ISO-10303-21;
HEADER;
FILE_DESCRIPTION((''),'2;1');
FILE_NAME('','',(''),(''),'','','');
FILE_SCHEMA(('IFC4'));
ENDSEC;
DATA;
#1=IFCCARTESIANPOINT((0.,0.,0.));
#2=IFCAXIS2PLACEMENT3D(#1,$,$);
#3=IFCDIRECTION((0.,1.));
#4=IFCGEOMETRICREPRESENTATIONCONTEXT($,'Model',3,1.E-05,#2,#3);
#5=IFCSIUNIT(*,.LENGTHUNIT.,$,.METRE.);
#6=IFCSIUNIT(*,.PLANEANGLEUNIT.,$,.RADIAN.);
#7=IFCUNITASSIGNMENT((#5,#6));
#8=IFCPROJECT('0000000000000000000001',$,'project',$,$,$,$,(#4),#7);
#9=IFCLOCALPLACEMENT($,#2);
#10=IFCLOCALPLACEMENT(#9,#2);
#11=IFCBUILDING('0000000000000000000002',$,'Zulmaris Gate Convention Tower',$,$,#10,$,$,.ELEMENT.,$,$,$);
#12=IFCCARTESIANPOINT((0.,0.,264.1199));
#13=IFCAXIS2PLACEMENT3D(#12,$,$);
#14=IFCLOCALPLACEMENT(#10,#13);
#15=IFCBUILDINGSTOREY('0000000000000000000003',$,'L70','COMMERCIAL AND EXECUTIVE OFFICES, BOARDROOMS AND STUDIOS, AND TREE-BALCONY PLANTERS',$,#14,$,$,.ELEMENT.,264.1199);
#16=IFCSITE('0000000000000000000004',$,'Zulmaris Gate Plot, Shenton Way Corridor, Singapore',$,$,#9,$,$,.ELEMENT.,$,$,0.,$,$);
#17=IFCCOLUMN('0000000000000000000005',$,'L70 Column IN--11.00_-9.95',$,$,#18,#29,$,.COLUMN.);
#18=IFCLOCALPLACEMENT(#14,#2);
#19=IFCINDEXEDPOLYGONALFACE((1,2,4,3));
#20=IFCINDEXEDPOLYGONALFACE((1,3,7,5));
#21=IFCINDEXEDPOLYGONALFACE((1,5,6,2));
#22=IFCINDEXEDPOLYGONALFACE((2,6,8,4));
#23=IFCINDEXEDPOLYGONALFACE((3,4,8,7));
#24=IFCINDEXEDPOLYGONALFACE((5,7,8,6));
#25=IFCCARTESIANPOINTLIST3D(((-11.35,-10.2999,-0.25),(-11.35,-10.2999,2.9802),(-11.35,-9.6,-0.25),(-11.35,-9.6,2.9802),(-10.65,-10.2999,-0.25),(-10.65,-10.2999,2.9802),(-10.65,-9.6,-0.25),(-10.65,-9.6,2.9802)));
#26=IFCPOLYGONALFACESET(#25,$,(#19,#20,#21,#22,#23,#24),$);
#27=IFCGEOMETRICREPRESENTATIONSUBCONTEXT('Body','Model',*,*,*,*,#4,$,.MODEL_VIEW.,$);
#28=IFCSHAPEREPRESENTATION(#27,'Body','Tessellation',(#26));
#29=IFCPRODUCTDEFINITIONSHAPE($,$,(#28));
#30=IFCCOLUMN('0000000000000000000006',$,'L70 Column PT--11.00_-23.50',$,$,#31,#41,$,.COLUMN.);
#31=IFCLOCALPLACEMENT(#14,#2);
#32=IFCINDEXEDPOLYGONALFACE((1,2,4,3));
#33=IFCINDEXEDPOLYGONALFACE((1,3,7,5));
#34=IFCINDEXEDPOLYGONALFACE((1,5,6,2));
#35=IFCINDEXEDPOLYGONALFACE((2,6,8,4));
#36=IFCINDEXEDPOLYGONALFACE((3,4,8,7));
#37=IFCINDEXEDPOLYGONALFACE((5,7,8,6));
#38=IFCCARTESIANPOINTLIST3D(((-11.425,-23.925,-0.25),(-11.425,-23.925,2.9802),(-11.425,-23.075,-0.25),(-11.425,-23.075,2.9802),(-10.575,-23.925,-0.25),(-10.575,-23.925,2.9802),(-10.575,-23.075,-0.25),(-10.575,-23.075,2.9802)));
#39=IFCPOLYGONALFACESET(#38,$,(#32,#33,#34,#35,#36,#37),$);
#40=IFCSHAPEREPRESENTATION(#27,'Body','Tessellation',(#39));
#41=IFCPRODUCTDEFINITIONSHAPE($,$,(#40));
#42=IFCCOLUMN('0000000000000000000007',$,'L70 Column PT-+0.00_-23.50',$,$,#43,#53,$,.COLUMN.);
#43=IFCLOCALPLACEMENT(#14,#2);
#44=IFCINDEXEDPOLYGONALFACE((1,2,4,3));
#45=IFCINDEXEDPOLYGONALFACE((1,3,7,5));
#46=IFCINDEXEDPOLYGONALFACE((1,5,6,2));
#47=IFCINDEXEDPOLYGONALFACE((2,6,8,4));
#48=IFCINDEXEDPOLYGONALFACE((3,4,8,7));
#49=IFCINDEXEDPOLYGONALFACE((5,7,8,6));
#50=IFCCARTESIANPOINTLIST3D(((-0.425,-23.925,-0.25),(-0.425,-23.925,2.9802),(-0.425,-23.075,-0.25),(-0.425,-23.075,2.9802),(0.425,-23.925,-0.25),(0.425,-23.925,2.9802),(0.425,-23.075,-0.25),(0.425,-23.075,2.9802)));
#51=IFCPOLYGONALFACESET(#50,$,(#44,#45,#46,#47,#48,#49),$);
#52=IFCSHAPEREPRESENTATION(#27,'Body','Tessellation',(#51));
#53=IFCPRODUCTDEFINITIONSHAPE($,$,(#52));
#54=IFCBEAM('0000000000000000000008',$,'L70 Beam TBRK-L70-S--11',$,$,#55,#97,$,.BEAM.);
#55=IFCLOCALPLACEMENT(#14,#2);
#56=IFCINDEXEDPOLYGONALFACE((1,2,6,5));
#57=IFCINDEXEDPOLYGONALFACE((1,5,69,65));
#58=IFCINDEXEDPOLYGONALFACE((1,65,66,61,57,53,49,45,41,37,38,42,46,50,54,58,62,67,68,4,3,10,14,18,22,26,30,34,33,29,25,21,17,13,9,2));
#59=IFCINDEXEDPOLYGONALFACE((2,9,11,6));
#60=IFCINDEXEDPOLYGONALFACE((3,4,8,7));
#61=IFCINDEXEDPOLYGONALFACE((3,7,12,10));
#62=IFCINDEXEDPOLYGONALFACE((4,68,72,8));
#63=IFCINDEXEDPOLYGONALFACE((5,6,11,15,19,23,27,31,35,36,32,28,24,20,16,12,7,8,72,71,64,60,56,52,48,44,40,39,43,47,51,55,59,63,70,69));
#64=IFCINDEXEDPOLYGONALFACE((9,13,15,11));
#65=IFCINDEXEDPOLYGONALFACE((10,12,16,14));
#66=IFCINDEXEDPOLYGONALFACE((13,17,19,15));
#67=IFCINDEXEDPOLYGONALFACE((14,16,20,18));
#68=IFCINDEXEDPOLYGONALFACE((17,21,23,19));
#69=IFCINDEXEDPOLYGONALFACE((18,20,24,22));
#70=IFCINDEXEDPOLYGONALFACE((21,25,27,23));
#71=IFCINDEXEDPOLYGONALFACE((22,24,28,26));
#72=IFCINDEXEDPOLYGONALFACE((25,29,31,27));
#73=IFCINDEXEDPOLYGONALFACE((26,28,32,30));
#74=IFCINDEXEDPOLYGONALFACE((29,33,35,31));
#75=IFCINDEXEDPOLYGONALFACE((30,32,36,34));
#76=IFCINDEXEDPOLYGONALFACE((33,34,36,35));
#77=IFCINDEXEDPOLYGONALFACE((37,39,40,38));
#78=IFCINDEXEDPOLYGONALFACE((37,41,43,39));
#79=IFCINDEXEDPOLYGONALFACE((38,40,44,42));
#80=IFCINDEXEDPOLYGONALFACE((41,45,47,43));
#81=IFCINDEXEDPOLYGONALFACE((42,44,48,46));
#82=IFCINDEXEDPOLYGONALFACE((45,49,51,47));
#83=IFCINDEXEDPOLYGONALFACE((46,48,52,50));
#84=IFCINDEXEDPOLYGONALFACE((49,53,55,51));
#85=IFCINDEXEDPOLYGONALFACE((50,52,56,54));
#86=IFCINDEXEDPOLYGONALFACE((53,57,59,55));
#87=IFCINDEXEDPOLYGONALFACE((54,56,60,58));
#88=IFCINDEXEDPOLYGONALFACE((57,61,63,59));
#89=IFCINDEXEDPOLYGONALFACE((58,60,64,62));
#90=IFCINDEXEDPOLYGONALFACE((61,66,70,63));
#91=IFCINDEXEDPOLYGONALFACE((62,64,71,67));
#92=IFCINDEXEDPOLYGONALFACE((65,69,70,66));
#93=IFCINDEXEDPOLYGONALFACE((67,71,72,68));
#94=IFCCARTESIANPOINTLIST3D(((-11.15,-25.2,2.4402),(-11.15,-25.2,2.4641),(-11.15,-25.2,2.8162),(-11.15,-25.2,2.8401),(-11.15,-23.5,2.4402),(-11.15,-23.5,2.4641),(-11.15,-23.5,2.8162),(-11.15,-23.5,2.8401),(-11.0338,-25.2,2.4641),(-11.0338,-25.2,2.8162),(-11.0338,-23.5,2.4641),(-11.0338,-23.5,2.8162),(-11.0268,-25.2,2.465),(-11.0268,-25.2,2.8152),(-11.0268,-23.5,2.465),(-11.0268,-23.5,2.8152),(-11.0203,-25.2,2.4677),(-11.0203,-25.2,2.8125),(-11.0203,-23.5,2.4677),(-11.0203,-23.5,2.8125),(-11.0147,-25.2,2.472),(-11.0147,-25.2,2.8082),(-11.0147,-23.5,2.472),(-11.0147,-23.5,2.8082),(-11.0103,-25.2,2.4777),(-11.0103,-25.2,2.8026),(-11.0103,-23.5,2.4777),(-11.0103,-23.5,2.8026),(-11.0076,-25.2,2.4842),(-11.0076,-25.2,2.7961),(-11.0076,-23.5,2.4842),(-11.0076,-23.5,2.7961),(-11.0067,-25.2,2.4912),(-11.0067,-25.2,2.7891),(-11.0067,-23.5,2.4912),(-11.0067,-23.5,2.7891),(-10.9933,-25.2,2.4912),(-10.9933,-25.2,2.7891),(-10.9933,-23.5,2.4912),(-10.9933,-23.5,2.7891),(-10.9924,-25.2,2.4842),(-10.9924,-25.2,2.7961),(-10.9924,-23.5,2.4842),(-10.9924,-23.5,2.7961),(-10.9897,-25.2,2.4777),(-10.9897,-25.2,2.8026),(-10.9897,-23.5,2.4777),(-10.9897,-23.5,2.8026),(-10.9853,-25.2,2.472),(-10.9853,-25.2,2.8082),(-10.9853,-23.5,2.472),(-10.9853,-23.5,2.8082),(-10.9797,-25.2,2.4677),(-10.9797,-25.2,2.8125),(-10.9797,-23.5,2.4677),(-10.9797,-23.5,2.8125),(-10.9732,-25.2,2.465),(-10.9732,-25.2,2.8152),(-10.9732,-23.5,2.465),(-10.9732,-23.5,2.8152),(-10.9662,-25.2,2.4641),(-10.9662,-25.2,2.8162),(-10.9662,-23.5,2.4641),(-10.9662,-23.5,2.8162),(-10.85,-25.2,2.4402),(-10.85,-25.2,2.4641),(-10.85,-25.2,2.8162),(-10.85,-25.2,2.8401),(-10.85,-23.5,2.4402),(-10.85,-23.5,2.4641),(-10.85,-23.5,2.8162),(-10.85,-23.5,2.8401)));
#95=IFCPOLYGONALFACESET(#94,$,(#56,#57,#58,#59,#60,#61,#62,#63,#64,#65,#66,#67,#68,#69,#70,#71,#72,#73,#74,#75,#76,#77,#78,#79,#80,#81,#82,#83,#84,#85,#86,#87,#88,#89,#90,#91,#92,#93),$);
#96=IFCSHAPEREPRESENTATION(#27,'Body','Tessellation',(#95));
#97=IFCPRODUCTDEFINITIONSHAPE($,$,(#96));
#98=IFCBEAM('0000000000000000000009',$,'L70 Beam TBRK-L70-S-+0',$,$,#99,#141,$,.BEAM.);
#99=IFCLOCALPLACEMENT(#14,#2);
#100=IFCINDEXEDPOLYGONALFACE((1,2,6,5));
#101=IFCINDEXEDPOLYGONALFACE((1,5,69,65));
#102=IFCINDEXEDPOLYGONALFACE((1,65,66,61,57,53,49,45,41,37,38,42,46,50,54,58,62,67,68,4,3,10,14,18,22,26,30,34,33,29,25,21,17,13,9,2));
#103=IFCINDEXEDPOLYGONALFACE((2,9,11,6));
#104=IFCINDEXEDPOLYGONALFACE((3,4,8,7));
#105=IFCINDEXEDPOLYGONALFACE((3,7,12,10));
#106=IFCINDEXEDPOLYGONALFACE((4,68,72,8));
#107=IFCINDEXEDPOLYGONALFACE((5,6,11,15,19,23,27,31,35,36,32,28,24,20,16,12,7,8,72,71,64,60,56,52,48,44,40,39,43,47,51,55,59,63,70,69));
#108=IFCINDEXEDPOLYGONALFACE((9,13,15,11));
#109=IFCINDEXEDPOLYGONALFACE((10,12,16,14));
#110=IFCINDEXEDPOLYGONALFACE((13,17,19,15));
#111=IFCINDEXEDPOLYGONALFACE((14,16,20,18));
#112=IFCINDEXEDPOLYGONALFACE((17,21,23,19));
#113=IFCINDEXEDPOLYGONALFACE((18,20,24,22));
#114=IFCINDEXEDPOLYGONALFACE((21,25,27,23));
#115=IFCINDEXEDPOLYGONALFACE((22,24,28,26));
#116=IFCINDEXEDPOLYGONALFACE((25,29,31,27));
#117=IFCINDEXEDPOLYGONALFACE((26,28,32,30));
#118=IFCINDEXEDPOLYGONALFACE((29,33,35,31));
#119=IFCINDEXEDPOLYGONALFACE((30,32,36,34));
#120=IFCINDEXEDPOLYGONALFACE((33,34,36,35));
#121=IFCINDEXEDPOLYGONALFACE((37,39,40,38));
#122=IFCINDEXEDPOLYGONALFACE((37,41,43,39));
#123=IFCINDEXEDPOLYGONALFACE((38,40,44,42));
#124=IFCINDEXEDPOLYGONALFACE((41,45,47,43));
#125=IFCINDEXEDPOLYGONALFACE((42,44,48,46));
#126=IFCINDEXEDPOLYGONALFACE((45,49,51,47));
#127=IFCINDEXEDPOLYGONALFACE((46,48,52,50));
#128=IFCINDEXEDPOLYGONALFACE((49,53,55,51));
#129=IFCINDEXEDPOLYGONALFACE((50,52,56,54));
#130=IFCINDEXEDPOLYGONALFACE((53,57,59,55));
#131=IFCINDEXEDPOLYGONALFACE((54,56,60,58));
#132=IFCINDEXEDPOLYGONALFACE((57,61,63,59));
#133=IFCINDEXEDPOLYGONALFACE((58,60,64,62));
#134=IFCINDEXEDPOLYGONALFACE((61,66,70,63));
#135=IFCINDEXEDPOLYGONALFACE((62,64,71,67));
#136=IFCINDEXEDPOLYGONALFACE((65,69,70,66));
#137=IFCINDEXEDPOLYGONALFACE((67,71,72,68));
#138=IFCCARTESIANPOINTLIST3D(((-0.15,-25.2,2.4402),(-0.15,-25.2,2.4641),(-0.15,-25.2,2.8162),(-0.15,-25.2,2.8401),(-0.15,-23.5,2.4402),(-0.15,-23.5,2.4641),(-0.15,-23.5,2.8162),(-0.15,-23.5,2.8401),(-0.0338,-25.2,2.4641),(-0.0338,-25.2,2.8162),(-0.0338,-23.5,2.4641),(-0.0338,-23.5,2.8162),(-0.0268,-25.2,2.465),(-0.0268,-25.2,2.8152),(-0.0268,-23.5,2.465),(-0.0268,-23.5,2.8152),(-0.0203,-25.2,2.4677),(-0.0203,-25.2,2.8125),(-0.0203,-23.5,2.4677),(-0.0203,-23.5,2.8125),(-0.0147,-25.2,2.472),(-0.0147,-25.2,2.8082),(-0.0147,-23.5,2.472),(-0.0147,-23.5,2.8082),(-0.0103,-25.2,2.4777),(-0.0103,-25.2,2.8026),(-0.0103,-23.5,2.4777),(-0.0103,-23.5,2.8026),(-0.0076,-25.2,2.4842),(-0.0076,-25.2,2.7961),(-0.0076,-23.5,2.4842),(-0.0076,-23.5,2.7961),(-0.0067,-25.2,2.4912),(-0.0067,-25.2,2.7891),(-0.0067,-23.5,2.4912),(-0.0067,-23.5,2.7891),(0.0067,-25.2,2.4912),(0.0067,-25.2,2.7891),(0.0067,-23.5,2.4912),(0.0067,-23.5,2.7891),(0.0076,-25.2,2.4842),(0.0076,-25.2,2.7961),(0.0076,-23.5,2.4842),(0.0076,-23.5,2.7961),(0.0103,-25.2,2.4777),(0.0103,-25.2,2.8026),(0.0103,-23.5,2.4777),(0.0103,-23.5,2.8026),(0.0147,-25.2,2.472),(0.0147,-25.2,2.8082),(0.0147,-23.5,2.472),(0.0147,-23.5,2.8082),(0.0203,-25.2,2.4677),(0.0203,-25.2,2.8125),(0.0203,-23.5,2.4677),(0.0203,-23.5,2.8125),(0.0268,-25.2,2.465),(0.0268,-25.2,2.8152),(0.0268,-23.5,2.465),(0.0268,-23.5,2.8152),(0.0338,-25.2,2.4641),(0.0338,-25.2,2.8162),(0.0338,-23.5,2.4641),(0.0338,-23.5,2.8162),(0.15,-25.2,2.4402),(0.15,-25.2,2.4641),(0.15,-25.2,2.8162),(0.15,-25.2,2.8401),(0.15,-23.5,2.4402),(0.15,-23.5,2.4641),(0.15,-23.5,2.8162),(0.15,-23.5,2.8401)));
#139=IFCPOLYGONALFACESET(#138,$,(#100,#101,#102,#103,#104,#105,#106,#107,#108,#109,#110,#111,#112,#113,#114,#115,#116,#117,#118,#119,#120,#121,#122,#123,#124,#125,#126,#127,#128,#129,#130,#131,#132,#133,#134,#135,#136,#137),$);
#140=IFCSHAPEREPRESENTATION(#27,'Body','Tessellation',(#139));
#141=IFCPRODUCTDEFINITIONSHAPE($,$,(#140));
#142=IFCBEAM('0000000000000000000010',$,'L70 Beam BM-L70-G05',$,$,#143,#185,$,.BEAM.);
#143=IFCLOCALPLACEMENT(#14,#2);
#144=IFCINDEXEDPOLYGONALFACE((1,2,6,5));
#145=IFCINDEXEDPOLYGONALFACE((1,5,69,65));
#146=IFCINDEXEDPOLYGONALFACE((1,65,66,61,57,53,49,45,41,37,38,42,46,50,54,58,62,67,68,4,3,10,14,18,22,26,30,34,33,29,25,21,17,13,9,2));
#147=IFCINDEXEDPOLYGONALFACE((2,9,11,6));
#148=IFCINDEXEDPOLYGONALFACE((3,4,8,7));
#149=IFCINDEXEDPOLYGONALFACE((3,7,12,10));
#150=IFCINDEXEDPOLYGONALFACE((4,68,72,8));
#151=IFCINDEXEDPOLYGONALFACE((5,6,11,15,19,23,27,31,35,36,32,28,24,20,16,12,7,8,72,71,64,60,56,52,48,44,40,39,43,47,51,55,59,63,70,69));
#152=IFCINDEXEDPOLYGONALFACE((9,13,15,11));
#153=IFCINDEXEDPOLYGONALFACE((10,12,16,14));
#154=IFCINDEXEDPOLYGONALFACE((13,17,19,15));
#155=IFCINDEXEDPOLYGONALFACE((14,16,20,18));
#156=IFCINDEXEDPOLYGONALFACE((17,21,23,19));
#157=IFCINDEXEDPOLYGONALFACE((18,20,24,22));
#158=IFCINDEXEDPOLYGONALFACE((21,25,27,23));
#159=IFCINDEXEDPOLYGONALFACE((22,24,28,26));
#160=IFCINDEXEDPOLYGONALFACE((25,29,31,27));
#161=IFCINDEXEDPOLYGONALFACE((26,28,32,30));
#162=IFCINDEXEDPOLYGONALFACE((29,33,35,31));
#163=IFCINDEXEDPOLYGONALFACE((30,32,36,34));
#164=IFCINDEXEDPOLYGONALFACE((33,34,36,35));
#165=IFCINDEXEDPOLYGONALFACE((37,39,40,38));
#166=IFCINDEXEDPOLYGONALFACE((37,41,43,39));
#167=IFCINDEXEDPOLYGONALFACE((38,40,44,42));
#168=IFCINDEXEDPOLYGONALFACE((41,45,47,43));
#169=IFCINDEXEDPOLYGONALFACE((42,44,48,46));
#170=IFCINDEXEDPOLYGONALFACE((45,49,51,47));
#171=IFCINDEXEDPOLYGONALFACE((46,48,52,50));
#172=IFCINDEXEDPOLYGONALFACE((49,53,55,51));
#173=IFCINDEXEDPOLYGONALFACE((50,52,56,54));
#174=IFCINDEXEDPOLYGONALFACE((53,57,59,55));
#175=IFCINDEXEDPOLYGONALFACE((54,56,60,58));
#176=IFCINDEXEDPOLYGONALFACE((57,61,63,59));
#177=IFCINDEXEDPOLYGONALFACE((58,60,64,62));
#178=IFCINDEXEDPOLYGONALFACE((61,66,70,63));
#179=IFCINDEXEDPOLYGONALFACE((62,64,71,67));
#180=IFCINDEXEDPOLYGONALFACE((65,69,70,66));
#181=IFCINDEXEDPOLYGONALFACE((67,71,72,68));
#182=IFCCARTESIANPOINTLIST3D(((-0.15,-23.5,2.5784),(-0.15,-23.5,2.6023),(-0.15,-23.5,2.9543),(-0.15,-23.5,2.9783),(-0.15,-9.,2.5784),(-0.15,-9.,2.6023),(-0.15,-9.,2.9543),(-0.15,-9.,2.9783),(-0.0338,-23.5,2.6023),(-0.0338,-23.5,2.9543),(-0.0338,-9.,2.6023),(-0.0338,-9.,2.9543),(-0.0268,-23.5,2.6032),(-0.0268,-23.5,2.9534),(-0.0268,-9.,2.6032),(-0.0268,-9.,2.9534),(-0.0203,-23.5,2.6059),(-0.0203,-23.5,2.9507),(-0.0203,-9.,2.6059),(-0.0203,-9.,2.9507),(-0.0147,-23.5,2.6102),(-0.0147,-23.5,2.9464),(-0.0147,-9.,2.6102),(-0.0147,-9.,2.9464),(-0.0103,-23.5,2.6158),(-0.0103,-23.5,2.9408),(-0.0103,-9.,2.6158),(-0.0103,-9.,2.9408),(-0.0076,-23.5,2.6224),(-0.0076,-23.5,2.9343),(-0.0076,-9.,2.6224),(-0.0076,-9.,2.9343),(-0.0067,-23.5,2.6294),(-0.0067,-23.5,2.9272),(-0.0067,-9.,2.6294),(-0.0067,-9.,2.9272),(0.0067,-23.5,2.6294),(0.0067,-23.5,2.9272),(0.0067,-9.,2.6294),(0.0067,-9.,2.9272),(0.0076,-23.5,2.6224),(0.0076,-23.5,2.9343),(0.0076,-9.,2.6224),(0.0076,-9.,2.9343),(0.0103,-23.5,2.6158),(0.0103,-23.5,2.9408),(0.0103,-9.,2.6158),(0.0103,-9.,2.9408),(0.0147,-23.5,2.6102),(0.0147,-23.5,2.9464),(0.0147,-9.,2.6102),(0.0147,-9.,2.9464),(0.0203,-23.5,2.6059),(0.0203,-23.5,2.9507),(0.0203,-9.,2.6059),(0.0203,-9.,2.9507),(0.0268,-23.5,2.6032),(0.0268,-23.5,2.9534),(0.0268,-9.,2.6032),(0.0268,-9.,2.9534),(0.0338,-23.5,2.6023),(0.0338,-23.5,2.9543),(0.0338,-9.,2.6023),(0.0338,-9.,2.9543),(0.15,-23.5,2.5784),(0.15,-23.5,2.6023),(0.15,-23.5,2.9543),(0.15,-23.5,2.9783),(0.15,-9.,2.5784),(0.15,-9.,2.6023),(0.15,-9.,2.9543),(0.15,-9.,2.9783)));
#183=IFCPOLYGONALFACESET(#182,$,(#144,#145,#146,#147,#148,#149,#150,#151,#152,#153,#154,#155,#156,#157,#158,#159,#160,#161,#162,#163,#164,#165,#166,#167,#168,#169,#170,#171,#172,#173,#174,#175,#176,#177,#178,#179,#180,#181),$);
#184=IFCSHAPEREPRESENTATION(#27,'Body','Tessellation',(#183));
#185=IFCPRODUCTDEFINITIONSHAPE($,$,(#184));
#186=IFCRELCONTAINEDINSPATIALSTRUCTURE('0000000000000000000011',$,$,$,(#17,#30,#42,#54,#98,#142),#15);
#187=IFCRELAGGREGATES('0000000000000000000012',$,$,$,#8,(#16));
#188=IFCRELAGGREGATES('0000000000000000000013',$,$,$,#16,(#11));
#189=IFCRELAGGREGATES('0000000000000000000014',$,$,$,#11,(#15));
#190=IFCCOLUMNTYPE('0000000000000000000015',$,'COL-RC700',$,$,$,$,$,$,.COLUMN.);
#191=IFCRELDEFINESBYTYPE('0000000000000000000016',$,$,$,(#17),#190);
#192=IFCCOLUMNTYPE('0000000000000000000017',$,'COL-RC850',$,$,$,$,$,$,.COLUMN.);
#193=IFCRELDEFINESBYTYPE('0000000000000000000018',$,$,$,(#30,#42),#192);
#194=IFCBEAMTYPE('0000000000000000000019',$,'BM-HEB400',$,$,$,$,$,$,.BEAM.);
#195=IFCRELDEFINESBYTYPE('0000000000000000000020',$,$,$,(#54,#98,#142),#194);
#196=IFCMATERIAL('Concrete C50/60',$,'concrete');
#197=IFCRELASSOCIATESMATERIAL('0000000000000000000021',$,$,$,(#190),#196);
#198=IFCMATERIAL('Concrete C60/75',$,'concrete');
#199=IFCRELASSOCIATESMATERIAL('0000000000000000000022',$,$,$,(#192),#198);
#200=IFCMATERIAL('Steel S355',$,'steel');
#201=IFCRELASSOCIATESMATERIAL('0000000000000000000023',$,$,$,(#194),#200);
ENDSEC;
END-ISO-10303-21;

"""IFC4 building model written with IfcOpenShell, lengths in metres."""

from ifc_helpers import new_model, si_unit, direction, frame, origin, origin_2d, place, context, subcontext, project, spatial, rectangle, i_section, extrude, material, material_profile, profile_set, type_object, element, save


model = new_model("IFC4")

# Units and contexts
model_context = context("Model", 3, precision=1e-05, world=origin(), true_north=direction((0.0, 1.0)))
body_context = subcontext(model_context, "Body", "Model", "MODEL_VIEW")
ifc_project = project(units=[si_unit("LENGTHUNIT", "METRE"), si_unit("PLANEANGLEUNIT", "RADIAN")], contexts=[model_context])

# Site, building, storey
site_placement = place(None, origin())
site = spatial("IfcSite", under=ifc_project, at=site_placement, Name="Zulmaris Gate Plot, Shenton Way Corridor, Singapore", CompositionType="ELEMENT", RefElevation=0.0)
building_placement = place(site_placement, origin())
building = spatial("IfcBuilding", under=site, at=building_placement, Name="Zulmaris Gate Convention Tower", CompositionType="ELEMENT")
storey_placement = place(building_placement, frame((0.0, 0.0, 264.1199)))
storey = spatial("IfcBuildingStorey", under=building, at=storey_placement, Name="L70", Description="COMMERCIAL AND EXECUTIVE OFFICES, BOARDROOMS AND STUDIOS, AND TREE-BALCONY PLANTERS", CompositionType="ELEMENT", Elevation=264.1199)

# Columns
ifc_material_1 = material(Name="Concrete C50/60", Category="concrete")
ifc_material_profile_1 = material_profile(ifc_material_1, rectangle(XDim=0.7, YDim=0.7, at=origin_2d()), Name="RC COL 700x700")
ifc_profile_set_1 = profile_set([ifc_material_profile_1], Name="Concrete C50/60")
column_type_1 = type_object("IfcColumnType", Name="COL-RC700", PredefinedType="COLUMN", material=ifc_profile_set_1)
column_placement = place(storey_placement, frame((-11.0, -9.95, -0.25), z_axis=(0.0, 0.0, 1.0), x_axis=(1.0, 0.0, 0.0)))
element("IfcColumn", 1, at=column_placement, inside=storey, type_object=column_type_1, Name="L70 Column IN--11.00_-9.95", PredefinedType="COLUMN", context=body_context, shape_type="SweptSolid", body=[
    extrude(rectangle(XDim=0.7, YDim=0.7, at=origin_2d()), origin(), (0.0, 0.0, 1.0), 3.2302),
])
ifc_material_2 = material(Name="Concrete C60/75", Category="concrete")
ifc_material_profile_2 = material_profile(ifc_material_2, rectangle(XDim=0.8501, YDim=0.8501, at=origin_2d()), Name="RC COL 850x850")
ifc_profile_set_2 = profile_set([ifc_material_profile_2], Name="Concrete C60/75")
column_type_2 = type_object("IfcColumnType", Name="COL-RC850", PredefinedType="COLUMN", material=ifc_profile_set_2)
for number, where, z_axis, x_axis, name in (
    (2, (-11.0, -23.5, -0.25), (0.0, 0.0, 1.0), (1.0, 0.0, 0.0), "L70 Column PT--11.00_-23.50"),
    (3, (0.0, -23.5, -0.25), (0.0, 0.0, 1.0), (1.0, 0.0, 0.0), "L70 Column PT-+0.00_-23.50"),
):
    element("IfcColumn", number, at=place(storey_placement, frame(where, z_axis=z_axis, x_axis=x_axis)), inside=storey, type_object=column_type_2, Name=name, PredefinedType="COLUMN", context=body_context, shape_type="SweptSolid", body=[
        extrude(rectangle(XDim=0.8501, YDim=0.8501, at=origin_2d()), origin(), (0.0, 0.0, 1.0), 3.2302),
    ])

# Beams
ifc_material_3 = material(Name="Steel S355", Category="steel")
ifc_material_profile_3 = material_profile(ifc_material_3, i_section(OverallWidth=0.3, OverallDepth=0.3999, WebThickness=0.0134, FlangeThickness=0.0239, FilletRadius=0.0271, at=origin_2d()), Name="HEB 400")
ifc_profile_set_3 = profile_set([ifc_material_profile_3], Name="Steel S355")
beam_type_1 = type_object("IfcBeamType", Name="BM-HEB400", PredefinedType="BEAM", material=ifc_profile_set_3)
for number, where, z_axis, x_axis, name in (
    (4, (-11.0, -25.2, 2.6401), (0.0, 1.0, 0.0), (-1.0, 0.0, 0.0), "L70 Beam TBRK-L70-S--11"),
    (5, (0.0, -25.2, 2.6401), (0.0, 1.0, 0.0), (-1.0, 0.0, 0.0), "L70 Beam TBRK-L70-S-+0"),
):
    element("IfcBeam", number, at=place(storey_placement, frame(where, z_axis=z_axis, x_axis=x_axis)), inside=storey, type_object=beam_type_1, Name=name, PredefinedType="BEAM", context=body_context, shape_type="SweptSolid", body=[
        extrude(i_section(OverallWidth=0.3, OverallDepth=0.3999, WebThickness=0.0134, FlangeThickness=0.0239, FilletRadius=0.0271, at=origin_2d()), origin(), (0.0, 0.0, 1.0), 1.7),
    ])
beam_1_placement = place(storey_placement, frame((0.0, -23.5, 2.7783), z_axis=(0.0, 1.0, 0.0), x_axis=(-1.0, 0.0, 0.0)))
element("IfcBeam", 6, at=beam_1_placement, inside=storey, type_object=beam_type_1, Name="L70 Beam BM-L70-G05", PredefinedType="BEAM", context=body_context, shape_type="SweptSolid", body=[
    extrude(i_section(OverallWidth=0.3, OverallDepth=0.3999, WebThickness=0.0134, FlangeThickness=0.0239, FilletRadius=0.0271, at=origin_2d()), origin(), (0.0, 0.0, 1.0), 14.5),
])

save(model, "model.ifc")
